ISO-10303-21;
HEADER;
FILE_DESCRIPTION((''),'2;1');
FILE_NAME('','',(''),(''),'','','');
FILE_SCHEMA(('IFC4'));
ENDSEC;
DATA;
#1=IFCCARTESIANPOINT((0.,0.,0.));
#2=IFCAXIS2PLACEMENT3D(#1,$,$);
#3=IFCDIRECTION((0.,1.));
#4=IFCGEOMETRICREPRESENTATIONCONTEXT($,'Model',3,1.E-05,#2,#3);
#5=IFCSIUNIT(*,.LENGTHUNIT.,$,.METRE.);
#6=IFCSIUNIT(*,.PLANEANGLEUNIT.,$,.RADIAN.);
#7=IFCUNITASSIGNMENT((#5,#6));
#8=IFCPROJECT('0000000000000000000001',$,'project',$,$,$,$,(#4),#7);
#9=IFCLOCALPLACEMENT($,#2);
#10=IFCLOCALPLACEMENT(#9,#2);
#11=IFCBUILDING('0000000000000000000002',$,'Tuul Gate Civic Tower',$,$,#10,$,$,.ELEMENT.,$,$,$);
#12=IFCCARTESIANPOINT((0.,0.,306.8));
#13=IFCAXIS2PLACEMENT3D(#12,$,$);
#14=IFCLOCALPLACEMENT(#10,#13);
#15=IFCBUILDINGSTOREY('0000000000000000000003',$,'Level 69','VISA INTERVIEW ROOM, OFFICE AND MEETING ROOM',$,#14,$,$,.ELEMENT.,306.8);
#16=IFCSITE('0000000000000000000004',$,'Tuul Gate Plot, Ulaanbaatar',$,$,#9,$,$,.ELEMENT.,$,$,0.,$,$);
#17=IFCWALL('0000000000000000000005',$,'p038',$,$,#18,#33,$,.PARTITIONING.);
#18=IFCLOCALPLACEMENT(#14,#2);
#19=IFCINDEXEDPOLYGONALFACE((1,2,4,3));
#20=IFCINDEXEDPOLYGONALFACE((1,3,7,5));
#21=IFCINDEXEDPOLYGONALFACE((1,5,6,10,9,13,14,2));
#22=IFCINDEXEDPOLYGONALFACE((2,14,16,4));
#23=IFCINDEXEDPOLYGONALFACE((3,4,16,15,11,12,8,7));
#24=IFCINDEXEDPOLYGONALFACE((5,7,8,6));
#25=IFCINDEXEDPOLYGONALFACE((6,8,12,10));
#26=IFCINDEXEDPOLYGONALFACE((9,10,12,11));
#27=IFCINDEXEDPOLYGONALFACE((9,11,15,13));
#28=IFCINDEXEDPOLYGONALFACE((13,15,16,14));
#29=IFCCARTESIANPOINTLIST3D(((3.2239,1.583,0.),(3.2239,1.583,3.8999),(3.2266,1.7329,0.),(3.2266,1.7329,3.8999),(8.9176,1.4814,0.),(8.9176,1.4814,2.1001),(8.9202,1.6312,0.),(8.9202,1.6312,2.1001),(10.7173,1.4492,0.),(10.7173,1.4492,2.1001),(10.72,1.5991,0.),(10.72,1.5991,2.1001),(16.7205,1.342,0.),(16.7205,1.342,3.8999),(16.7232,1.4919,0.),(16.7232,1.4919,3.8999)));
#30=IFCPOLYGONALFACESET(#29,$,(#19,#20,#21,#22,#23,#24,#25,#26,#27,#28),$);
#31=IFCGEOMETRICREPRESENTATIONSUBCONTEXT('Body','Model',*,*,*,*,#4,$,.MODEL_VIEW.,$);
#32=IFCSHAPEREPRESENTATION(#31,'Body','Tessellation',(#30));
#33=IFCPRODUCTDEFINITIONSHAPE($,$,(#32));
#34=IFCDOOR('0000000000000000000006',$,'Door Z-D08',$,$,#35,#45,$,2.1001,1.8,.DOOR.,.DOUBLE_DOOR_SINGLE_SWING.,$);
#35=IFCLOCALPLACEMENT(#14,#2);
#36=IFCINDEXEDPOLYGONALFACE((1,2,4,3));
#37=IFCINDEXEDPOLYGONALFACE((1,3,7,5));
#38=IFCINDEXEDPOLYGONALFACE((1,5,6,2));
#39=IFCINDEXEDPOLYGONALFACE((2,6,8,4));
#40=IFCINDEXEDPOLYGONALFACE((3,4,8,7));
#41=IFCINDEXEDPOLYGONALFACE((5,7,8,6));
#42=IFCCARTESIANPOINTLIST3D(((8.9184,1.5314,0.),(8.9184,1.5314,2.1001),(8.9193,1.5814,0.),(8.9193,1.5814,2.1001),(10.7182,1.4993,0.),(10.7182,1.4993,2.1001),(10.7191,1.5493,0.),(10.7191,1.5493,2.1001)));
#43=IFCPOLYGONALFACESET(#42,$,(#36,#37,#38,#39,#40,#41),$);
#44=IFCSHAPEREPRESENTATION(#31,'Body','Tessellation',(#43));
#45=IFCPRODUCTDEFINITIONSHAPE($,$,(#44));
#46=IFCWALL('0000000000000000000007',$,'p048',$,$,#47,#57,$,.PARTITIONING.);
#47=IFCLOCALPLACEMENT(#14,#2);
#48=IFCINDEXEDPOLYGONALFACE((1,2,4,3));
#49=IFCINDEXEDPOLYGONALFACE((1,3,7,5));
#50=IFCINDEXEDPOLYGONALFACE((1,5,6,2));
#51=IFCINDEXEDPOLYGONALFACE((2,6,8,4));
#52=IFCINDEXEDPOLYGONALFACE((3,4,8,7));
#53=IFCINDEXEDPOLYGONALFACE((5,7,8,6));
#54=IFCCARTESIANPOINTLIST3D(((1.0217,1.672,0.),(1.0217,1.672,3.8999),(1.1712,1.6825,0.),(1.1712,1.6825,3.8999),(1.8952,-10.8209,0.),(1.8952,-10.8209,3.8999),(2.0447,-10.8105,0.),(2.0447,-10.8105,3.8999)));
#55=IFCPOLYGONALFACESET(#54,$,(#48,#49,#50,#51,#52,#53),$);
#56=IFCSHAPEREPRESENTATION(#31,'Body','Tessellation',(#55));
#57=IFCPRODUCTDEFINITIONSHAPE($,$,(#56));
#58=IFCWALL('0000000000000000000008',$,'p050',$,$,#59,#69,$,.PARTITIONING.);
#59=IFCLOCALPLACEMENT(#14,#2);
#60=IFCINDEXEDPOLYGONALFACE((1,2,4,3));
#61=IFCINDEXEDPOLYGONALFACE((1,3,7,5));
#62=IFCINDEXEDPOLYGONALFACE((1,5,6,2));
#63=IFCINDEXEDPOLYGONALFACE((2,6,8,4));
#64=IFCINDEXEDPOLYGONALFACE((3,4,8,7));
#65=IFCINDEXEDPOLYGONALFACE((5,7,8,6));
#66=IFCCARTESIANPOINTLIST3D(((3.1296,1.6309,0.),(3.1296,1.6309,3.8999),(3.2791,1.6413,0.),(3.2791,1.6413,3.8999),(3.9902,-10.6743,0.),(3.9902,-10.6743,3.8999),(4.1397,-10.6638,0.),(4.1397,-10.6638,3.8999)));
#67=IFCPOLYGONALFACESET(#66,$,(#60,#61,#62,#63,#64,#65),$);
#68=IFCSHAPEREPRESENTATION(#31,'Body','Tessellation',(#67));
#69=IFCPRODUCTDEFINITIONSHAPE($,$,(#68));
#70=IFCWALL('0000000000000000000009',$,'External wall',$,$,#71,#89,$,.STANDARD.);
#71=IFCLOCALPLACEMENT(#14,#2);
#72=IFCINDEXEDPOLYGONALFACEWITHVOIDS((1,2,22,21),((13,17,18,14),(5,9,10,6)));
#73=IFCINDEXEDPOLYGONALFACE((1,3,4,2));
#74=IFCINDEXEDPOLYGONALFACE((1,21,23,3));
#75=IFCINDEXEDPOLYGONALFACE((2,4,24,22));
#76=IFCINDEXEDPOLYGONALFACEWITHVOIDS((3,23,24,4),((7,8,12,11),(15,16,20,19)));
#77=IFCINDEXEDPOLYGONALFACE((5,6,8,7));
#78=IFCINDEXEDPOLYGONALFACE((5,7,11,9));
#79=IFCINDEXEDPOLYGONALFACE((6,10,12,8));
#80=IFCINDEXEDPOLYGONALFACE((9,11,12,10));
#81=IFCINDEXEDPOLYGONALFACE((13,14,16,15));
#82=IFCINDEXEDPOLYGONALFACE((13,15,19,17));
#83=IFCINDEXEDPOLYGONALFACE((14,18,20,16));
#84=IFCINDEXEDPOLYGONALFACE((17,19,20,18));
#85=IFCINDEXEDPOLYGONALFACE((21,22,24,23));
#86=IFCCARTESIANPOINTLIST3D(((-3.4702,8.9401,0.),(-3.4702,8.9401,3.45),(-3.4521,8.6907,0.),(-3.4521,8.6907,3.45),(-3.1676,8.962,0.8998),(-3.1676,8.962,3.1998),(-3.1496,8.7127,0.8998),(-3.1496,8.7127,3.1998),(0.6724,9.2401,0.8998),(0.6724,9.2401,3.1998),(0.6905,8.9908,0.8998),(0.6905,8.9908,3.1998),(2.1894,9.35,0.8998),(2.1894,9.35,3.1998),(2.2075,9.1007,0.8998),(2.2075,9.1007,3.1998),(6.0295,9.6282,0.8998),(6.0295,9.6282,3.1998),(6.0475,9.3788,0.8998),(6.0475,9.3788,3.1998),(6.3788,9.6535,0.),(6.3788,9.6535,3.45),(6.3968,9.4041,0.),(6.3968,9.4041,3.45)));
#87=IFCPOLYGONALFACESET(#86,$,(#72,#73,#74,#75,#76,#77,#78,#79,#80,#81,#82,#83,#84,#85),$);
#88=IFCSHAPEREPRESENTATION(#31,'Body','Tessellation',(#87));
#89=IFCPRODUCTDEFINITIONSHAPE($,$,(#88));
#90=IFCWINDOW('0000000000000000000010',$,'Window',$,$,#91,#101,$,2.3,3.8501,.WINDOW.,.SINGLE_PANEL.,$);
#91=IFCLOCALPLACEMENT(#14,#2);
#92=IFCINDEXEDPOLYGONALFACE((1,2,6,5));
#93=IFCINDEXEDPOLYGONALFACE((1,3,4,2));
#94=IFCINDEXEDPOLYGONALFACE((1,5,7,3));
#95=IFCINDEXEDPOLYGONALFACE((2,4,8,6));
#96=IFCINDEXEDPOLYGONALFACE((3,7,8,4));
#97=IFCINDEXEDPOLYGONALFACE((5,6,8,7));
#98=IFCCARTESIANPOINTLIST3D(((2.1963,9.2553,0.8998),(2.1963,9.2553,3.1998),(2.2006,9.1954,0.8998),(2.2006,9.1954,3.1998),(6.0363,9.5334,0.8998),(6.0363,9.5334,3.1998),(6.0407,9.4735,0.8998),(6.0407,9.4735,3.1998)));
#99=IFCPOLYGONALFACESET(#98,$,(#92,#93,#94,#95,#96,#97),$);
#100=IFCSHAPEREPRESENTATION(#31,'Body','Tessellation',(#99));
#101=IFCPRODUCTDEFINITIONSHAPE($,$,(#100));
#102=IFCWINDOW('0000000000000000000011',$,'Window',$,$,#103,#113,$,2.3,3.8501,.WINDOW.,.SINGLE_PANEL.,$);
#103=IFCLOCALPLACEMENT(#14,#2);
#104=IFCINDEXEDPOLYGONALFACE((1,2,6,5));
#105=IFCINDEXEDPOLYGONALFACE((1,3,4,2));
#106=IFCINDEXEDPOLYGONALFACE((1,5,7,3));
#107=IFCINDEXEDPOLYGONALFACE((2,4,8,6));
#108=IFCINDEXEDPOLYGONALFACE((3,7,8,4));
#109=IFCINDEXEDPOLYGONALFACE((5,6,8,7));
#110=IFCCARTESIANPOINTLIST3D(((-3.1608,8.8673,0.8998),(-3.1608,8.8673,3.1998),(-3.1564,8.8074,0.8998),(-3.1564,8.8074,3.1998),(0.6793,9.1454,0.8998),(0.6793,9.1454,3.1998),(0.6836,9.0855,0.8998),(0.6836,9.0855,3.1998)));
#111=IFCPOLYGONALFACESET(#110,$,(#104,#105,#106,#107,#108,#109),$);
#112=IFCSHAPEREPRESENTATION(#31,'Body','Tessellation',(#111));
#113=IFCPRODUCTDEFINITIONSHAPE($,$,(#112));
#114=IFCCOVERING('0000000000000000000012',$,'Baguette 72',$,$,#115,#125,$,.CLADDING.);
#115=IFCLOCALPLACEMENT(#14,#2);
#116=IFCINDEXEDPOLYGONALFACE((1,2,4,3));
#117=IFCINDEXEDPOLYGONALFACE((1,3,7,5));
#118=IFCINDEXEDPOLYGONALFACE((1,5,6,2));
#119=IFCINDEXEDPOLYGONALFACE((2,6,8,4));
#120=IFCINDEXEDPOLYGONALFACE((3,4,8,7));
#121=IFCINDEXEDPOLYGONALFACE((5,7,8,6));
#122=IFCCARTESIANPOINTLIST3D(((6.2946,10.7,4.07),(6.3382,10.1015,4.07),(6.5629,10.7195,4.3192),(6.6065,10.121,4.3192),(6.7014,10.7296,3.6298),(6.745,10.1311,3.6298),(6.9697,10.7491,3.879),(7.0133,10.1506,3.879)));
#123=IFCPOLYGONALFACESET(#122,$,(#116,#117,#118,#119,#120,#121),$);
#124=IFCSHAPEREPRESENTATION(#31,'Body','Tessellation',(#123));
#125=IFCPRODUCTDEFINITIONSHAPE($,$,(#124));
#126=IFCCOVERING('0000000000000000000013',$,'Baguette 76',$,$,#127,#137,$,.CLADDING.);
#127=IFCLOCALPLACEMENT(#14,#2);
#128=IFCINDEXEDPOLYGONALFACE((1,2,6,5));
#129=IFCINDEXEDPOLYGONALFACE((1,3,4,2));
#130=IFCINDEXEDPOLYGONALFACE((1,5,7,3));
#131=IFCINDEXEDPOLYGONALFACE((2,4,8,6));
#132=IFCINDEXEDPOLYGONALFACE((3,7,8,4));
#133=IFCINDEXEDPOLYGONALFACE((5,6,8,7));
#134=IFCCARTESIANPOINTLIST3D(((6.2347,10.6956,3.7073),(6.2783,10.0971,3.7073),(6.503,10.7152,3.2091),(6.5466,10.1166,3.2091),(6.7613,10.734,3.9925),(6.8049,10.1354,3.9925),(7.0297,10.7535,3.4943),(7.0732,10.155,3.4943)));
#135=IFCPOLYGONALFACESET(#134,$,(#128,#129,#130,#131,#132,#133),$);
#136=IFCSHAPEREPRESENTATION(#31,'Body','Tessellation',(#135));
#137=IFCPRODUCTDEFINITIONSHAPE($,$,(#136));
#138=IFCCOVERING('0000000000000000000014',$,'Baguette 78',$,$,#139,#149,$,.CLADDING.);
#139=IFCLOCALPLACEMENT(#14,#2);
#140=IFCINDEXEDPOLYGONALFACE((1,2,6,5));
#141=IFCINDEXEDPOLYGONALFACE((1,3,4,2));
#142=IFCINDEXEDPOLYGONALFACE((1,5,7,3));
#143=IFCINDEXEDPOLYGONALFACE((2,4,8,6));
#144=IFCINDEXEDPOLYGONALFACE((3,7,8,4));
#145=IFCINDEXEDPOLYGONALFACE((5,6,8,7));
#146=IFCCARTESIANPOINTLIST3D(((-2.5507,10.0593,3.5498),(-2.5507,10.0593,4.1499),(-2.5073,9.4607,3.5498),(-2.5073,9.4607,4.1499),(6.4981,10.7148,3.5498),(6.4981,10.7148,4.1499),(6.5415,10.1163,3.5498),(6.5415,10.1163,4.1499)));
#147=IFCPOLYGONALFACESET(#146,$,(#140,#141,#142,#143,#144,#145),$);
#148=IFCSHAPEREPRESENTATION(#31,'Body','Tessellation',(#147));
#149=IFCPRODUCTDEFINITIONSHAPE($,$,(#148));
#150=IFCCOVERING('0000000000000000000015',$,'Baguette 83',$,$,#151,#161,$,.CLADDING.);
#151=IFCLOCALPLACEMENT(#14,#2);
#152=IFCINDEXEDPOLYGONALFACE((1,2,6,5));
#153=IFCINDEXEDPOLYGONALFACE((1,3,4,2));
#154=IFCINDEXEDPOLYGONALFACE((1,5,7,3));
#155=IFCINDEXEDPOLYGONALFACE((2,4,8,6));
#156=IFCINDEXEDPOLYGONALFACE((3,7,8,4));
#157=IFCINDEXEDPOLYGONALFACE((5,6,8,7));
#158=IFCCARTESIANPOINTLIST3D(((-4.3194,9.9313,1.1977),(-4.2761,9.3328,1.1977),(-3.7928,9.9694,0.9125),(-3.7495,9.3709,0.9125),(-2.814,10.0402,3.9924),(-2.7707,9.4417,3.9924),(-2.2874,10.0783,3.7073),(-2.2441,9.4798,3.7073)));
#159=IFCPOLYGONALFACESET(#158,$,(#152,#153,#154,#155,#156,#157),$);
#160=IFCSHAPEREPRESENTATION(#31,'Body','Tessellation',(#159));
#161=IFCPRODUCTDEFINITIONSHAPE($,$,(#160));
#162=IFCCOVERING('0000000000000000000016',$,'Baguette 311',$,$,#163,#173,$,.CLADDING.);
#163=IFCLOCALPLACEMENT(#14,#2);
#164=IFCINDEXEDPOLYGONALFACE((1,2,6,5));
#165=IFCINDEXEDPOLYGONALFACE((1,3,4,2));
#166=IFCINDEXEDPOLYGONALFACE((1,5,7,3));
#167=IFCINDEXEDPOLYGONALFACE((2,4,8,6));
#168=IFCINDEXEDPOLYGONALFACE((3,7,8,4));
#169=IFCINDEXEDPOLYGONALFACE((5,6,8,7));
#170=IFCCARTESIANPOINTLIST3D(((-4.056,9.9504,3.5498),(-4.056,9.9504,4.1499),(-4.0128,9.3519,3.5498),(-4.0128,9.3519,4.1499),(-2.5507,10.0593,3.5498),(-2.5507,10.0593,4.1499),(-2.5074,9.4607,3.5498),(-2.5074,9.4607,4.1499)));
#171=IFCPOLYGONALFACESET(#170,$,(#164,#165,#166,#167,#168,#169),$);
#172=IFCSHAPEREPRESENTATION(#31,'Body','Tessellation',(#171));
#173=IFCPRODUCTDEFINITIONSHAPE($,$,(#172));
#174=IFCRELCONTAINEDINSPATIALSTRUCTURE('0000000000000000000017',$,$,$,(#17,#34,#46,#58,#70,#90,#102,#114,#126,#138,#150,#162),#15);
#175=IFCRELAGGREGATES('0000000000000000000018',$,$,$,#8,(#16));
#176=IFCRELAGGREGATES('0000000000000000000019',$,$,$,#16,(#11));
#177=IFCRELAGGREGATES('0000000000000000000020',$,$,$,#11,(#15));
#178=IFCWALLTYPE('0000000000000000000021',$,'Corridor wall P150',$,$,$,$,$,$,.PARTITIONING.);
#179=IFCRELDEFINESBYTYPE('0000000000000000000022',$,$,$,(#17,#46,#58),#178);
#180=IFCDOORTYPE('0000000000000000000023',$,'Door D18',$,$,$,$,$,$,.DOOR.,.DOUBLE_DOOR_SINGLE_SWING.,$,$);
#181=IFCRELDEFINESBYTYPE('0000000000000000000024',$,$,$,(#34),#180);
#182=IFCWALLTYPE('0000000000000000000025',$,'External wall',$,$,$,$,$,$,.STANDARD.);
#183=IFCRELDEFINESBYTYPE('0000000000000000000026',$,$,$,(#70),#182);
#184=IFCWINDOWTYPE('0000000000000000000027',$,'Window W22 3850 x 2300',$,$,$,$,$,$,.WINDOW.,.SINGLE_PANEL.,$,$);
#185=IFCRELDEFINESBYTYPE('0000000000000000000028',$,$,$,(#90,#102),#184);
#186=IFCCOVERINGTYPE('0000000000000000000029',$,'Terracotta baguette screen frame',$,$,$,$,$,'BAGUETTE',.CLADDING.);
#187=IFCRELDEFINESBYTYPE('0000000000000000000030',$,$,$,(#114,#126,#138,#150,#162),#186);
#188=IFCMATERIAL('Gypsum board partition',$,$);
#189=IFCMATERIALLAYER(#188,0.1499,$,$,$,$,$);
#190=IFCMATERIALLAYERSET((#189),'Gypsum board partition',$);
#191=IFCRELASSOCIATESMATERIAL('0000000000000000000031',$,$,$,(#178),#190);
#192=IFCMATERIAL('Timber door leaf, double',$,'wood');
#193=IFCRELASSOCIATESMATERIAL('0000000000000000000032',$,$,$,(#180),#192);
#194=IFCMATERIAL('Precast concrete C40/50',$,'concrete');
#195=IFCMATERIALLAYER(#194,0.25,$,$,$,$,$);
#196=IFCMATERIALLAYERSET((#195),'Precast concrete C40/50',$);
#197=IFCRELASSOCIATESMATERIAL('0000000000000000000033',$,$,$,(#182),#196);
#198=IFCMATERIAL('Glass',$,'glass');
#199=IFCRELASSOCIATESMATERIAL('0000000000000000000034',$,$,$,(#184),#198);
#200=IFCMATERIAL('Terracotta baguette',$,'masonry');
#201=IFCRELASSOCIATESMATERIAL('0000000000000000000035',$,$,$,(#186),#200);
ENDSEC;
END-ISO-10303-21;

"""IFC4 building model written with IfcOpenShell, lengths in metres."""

from ifc_helpers import new_model, si_unit, direction, frame, frame_2d, origin, origin_2d, place, context, subcontext, project, spatial, rectangle, extrude, material, layer, layer_set, material_profile, profile_set, type_object, element, fill, save


model = new_model("IFC4")

# Units and contexts
model_context = context("Model", 3, precision=1e-05, world=origin(), true_north=direction((0.0, 1.0)))
body_context = subcontext(model_context, "Body", "Model", "MODEL_VIEW")
ifc_project = project(units=[si_unit("LENGTHUNIT", "METRE"), si_unit("PLANEANGLEUNIT", "RADIAN")], contexts=[model_context])

# Site, building, storey
site_placement = place(None, origin())
site = spatial("IfcSite", under=ifc_project, at=site_placement, Name="Tuul Gate Plot, Ulaanbaatar", CompositionType="ELEMENT", RefElevation=0.0)
building_placement = place(site_placement, origin())
building = spatial("IfcBuilding", under=site, at=building_placement, Name="Tuul Gate Civic Tower", CompositionType="ELEMENT")
storey_placement = place(building_placement, frame((0.0, 0.0, 306.8)))
storey = spatial("IfcBuildingStorey", under=building, at=storey_placement, Name="Level 69", Description="VISA INTERVIEW ROOM, OFFICE AND MEETING ROOM", CompositionType="ELEMENT", Elevation=306.8)

# Wall, opening, door
ifc_material_1 = material(Name="Gypsum board partition")
ifc_layer_1 = layer(ifc_material_1, 0.1499)
ifc_layer_set_1 = layer_set([ifc_layer_1], Name="Gypsum board partition")
wall_type_1 = type_object("IfcWallType", Name="Corridor wall P150", PredefinedType="PARTITIONING", material=ifc_layer_set_1)
wall_1_placement = place(storey_placement, frame((3.2251, 1.658, 0.0), z_axis=(0.0, 0.0, 1.0), x_axis=(0.999841, -0.017851, 0.0)))
wall_1 = element("IfcWall", 1, at=wall_1_placement, inside=storey, type_object=wall_type_1, Name="p038", PredefinedType="PARTITIONING", context=body_context, shape_type="SweptSolid", body=[
    extrude(rectangle(XDim=13.4988, YDim=0.1499, at=frame_2d((6.7495, 0.0))), origin(), (0.0, 0.0, 1.0), 3.8999),
])
opening_1_placement = place(wall_1_placement, frame((5.6948, 0.0, 0.0)))
opening_1 = element("IfcOpeningElement", 2, at=opening_1_placement, cuts=wall_1, PredefinedType="OPENING", context=body_context, shape_type="SweptSolid", body=[
    extrude(rectangle(XDim=1.8, YDim=2.1001, at=frame_2d((0.8999, 1.05))), frame((0.0, 0.085, 0.0), z_axis=(0.0, -1.0, 0.0), x_axis=(1.0, 0.0, 0.0)), (0.0, 0.0, 1.0), 0.1699),
])
ifc_material_2 = material(Name="Timber door leaf, double", Category="wood")
door_type = type_object("IfcDoorType", Name="Door D18", OperationType="DOUBLE_DOOR_SINGLE_SWING", PredefinedType="DOOR", material=ifc_material_2)
door_placement = place(opening_1_placement, frame((1.8, 0.0, 0.0), z_axis=(0.0, 0.0, 1.0), x_axis=(-1.0, 0.0, 0.0)))
door = element("IfcDoor", 3, at=door_placement, inside=storey, type_object=door_type, Name="Door Z-D08", OperationType="DOUBLE_DOOR_SINGLE_SWING", OverallHeight=2.1001, OverallWidth=1.8, PredefinedType="DOOR", context=body_context, shape_type="SweptSolid", body=[
    extrude(rectangle(XDim=1.8, YDim=2.1001, at=frame_2d((0.9001, 1.05))), frame((0.0, 0.0249, 0.0), z_axis=(0.0, -1.0, 0.0), x_axis=(1.0, 0.0, 0.0)), (0.0, 0.0, 1.0), 0.05),
])
fill(opening_1, door)

# Walls
wall_2_placement = place(storey_placement, frame((1.0964, 1.6772, 0.0), z_axis=(0.0, 0.0, 1.0), x_axis=(0.069752, -0.997564, 0.0)))
element("IfcWall", 4, at=wall_2_placement, inside=storey, type_object=wall_type_1, Name="p048", PredefinedType="PARTITIONING", context=body_context, shape_type="SweptSolid", body=[
    extrude(rectangle(XDim=12.5234, YDim=0.1499, at=frame_2d((6.2617, 0.0))), origin(), (0.0, 0.0, 1.0), 3.8999),
])
wall_3_placement = place(storey_placement, frame((3.2043, 1.636, 0.0), z_axis=(0.0, 0.0, 1.0), x_axis=(0.069767, -0.997563, 0.0)))
element("IfcWall", 5, at=wall_3_placement, inside=storey, type_object=wall_type_1, Name="p050", PredefinedType="PARTITIONING", context=body_context, shape_type="SweptSolid", body=[
    extrude(rectangle(XDim=12.3352, YDim=0.1499, at=frame_2d((6.1675, 0.0))), origin(), (0.0, 0.0, 1.0), 3.8999),
])

# Wall, openings, windows
ifc_material_3 = material(Name="Precast concrete C40/50", Category="concrete")
ifc_layer_2 = layer(ifc_material_3, 0.25)
ifc_layer_set_2 = layer_set([ifc_layer_2], Name="Precast concrete C40/50")
wall_type_2 = type_object("IfcWallType", Name="External wall", PredefinedType="STANDARD", material=ifc_layer_set_2)
wall_4_placement = place(storey_placement, frame((6.3879, 9.5288, 0.0), z_axis=(0.0, 0.0, 1.0), x_axis=(-0.997387, -0.072243, 0.0)))
wall_4 = element("IfcWall", 6, at=wall_4_placement, inside=storey, type_object=wall_type_2, Name="External wall", PredefinedType="STANDARD", context=body_context, shape_type="SweptSolid", body=[
    extrude(rectangle(XDim=9.8748, YDim=0.25, at=frame_2d((4.9375, 0.0))), origin(), (0.0, 0.0, 1.0), 3.45),
])
opening_2_placement = place(wall_4_placement, frame((0.3503, 0.0, 0.8999)))
opening_2 = element("IfcOpeningElement", 7, at=opening_2_placement, cuts=wall_4, PredefinedType="OPENING", context=body_context, shape_type="SweptSolid", body=[
    extrude(rectangle(XDim=3.8501, YDim=2.3, at=frame_2d((1.925, 1.1499))), frame((0.0, 0.135, 0.0), z_axis=(0.0, -1.0, 0.0), x_axis=(1.0, 0.0, 0.0)), (0.0, 0.0, 1.0), 0.27),
])
opening_3_placement = place(wall_4_placement, frame((5.7214, 0.0, 0.8999)))
opening_3 = element("IfcOpeningElement", 8, at=opening_3_placement, cuts=wall_4, PredefinedType="OPENING", context=body_context, shape_type="SweptSolid", body=[
    extrude(rectangle(XDim=3.8501, YDim=2.3, at=frame_2d((1.925, 1.1499))), frame((0.0, 0.135, 0.0), z_axis=(0.0, -1.0, 0.0), x_axis=(1.0, 0.0, 0.0)), (0.0, 0.0, 1.0), 0.27),
])
ifc_material_4 = material(Name="Glass", Category="glass")
window_type = type_object("IfcWindowType", Name="Window W22 3850 x 2300", PartitioningType="SINGLE_PANEL", PredefinedType="WINDOW", material=ifc_material_4)
window_1_placement = place(opening_2_placement, origin())
window_1 = element("IfcWindow", 9, at=window_1_placement, inside=storey, type_object=window_type, Name="Window", OverallHeight=2.3, OverallWidth=3.8501, PartitioningType="SINGLE_PANEL", PredefinedType="WINDOW", context=body_context, shape_type="SweptSolid", body=[
    extrude(rectangle(XDim=3.8501, YDim=2.3, at=frame_2d((1.925, 1.1499))), frame((0.0, 0.03, 0.0), z_axis=(0.0, -1.0, 0.0), x_axis=(1.0, 0.0, 0.0)), (0.0, 0.0, 1.0), 0.0601),
])
fill(opening_2, window_1)
window_2_placement = place(opening_3_placement, origin())
window_2 = element("IfcWindow", 10, at=window_2_placement, inside=storey, type_object=window_type, Name="Window", OverallHeight=2.3, OverallWidth=3.8501, PartitioningType="SINGLE_PANEL", PredefinedType="WINDOW", context=body_context, shape_type="SweptSolid", body=[
    extrude(rectangle(XDim=3.8501, YDim=2.3, at=frame_2d((1.925, 1.1499))), frame((0.0, 0.03, 0.0), z_axis=(0.0, -1.0, 0.0), x_axis=(1.0, 0.0, 0.0)), (0.0, 0.0, 1.0), 0.0601),
])
fill(opening_3, window_2)

# Coverings
ifc_material_5 = material(Name="Terracotta baguette", Category="masonry")
ifc_material_profile_1 = material_profile(ifc_material_5, rectangle(XDim=0.6001, YDim=0.6001, at=origin_2d()), Name="Terracotta baguette screen frame")
ifc_profile_set_1 = profile_set([ifc_material_profile_1], Name="Terracotta baguette")
covering_type = type_object("IfcCoveringType", Name="Terracotta baguette screen frame", ElementType="BAGUETTE", PredefinedType="CLADDING", material=ifc_profile_set_1)
covering_1_placement = place(storey_placement, frame((6.7881, 10.4351, 4.0991), z_axis=(-0.731588, -0.053255, -0.679664), x_axis=(0.072601, -0.997361, 0.0)))
element("IfcCovering", 11, at=covering_1_placement, inside=storey, type_object=covering_type, Name="Baguette 72", PredefinedType="CLADDING", context=body_context, shape_type="SweptSolid", body=[
    extrude(rectangle(XDim=0.6001, YDim=0.6001, at=origin_2d()), origin(), (0.0, 0.0, 1.0), 0.3667),
])
covering_2_placement = place(storey_placement, frame((6.5198, 10.4155, 3.8499), z_axis=(0.473998, 0.034504, -0.87985), x_axis=(-0.072601, 0.997361, 0.0)))
element("IfcCovering", 12, at=covering_2_placement, inside=storey, type_object=covering_type, Name="Baguette 76", PredefinedType="CLADDING", context=body_context, shape_type="SweptSolid", body=[
    extrude(rectangle(XDim=0.6001, YDim=0.6001, at=origin_2d()), origin(), (0.0, 0.0, 1.0), 0.5662),
])
covering_3_placement = place(storey_placement, frame((6.5198, 10.4155, 3.8499), z_axis=(-0.997386, -0.072253, 0.0), x_axis=(0.072253, -0.997386, 0.0)))
element("IfcCovering", 13, at=covering_3_placement, inside=storey, type_object=covering_type, Name="Baguette 78", PredefinedType="CLADDING", context=body_context, shape_type="SweptSolid", body=[
    extrude(rectangle(XDim=0.6001, YDim=0.6001, at=origin_2d()), origin(), (0.0, 0.0, 1.0), 9.0725),
])
covering_4_placement = place(storey_placement, frame((-2.5291, 9.76, 3.8499), z_axis=(-0.473954, -0.034282, -0.879882), x_axis=(0.072144, -0.997394, 0.0)))
element("IfcCovering", 14, at=covering_4_placement, inside=storey, type_object=covering_type, Name="Baguette 83", PredefinedType="CLADDING", context=body_context, shape_type="SweptSolid", body=[
    extrude(rectangle(XDim=0.6001, YDim=0.6001, at=origin_2d()), origin(), (0.0, 0.0, 1.0), 3.1763),
])
covering_5_placement = place(storey_placement, frame((-2.5291, 9.76, 3.8499), z_axis=(-0.997394, -0.072144, 0.0), x_axis=(0.072144, -0.997394, 0.0)))
element("IfcCovering", 15, at=covering_5_placement, inside=storey, type_object=covering_type, Name="Baguette 311", PredefinedType="CLADDING", context=body_context, shape_type="SweptSolid", body=[
    extrude(rectangle(XDim=0.6001, YDim=0.6001, at=origin_2d()), origin(), (0.0, 0.0, 1.0), 1.5093),
])

save(model, "model.ifc")
